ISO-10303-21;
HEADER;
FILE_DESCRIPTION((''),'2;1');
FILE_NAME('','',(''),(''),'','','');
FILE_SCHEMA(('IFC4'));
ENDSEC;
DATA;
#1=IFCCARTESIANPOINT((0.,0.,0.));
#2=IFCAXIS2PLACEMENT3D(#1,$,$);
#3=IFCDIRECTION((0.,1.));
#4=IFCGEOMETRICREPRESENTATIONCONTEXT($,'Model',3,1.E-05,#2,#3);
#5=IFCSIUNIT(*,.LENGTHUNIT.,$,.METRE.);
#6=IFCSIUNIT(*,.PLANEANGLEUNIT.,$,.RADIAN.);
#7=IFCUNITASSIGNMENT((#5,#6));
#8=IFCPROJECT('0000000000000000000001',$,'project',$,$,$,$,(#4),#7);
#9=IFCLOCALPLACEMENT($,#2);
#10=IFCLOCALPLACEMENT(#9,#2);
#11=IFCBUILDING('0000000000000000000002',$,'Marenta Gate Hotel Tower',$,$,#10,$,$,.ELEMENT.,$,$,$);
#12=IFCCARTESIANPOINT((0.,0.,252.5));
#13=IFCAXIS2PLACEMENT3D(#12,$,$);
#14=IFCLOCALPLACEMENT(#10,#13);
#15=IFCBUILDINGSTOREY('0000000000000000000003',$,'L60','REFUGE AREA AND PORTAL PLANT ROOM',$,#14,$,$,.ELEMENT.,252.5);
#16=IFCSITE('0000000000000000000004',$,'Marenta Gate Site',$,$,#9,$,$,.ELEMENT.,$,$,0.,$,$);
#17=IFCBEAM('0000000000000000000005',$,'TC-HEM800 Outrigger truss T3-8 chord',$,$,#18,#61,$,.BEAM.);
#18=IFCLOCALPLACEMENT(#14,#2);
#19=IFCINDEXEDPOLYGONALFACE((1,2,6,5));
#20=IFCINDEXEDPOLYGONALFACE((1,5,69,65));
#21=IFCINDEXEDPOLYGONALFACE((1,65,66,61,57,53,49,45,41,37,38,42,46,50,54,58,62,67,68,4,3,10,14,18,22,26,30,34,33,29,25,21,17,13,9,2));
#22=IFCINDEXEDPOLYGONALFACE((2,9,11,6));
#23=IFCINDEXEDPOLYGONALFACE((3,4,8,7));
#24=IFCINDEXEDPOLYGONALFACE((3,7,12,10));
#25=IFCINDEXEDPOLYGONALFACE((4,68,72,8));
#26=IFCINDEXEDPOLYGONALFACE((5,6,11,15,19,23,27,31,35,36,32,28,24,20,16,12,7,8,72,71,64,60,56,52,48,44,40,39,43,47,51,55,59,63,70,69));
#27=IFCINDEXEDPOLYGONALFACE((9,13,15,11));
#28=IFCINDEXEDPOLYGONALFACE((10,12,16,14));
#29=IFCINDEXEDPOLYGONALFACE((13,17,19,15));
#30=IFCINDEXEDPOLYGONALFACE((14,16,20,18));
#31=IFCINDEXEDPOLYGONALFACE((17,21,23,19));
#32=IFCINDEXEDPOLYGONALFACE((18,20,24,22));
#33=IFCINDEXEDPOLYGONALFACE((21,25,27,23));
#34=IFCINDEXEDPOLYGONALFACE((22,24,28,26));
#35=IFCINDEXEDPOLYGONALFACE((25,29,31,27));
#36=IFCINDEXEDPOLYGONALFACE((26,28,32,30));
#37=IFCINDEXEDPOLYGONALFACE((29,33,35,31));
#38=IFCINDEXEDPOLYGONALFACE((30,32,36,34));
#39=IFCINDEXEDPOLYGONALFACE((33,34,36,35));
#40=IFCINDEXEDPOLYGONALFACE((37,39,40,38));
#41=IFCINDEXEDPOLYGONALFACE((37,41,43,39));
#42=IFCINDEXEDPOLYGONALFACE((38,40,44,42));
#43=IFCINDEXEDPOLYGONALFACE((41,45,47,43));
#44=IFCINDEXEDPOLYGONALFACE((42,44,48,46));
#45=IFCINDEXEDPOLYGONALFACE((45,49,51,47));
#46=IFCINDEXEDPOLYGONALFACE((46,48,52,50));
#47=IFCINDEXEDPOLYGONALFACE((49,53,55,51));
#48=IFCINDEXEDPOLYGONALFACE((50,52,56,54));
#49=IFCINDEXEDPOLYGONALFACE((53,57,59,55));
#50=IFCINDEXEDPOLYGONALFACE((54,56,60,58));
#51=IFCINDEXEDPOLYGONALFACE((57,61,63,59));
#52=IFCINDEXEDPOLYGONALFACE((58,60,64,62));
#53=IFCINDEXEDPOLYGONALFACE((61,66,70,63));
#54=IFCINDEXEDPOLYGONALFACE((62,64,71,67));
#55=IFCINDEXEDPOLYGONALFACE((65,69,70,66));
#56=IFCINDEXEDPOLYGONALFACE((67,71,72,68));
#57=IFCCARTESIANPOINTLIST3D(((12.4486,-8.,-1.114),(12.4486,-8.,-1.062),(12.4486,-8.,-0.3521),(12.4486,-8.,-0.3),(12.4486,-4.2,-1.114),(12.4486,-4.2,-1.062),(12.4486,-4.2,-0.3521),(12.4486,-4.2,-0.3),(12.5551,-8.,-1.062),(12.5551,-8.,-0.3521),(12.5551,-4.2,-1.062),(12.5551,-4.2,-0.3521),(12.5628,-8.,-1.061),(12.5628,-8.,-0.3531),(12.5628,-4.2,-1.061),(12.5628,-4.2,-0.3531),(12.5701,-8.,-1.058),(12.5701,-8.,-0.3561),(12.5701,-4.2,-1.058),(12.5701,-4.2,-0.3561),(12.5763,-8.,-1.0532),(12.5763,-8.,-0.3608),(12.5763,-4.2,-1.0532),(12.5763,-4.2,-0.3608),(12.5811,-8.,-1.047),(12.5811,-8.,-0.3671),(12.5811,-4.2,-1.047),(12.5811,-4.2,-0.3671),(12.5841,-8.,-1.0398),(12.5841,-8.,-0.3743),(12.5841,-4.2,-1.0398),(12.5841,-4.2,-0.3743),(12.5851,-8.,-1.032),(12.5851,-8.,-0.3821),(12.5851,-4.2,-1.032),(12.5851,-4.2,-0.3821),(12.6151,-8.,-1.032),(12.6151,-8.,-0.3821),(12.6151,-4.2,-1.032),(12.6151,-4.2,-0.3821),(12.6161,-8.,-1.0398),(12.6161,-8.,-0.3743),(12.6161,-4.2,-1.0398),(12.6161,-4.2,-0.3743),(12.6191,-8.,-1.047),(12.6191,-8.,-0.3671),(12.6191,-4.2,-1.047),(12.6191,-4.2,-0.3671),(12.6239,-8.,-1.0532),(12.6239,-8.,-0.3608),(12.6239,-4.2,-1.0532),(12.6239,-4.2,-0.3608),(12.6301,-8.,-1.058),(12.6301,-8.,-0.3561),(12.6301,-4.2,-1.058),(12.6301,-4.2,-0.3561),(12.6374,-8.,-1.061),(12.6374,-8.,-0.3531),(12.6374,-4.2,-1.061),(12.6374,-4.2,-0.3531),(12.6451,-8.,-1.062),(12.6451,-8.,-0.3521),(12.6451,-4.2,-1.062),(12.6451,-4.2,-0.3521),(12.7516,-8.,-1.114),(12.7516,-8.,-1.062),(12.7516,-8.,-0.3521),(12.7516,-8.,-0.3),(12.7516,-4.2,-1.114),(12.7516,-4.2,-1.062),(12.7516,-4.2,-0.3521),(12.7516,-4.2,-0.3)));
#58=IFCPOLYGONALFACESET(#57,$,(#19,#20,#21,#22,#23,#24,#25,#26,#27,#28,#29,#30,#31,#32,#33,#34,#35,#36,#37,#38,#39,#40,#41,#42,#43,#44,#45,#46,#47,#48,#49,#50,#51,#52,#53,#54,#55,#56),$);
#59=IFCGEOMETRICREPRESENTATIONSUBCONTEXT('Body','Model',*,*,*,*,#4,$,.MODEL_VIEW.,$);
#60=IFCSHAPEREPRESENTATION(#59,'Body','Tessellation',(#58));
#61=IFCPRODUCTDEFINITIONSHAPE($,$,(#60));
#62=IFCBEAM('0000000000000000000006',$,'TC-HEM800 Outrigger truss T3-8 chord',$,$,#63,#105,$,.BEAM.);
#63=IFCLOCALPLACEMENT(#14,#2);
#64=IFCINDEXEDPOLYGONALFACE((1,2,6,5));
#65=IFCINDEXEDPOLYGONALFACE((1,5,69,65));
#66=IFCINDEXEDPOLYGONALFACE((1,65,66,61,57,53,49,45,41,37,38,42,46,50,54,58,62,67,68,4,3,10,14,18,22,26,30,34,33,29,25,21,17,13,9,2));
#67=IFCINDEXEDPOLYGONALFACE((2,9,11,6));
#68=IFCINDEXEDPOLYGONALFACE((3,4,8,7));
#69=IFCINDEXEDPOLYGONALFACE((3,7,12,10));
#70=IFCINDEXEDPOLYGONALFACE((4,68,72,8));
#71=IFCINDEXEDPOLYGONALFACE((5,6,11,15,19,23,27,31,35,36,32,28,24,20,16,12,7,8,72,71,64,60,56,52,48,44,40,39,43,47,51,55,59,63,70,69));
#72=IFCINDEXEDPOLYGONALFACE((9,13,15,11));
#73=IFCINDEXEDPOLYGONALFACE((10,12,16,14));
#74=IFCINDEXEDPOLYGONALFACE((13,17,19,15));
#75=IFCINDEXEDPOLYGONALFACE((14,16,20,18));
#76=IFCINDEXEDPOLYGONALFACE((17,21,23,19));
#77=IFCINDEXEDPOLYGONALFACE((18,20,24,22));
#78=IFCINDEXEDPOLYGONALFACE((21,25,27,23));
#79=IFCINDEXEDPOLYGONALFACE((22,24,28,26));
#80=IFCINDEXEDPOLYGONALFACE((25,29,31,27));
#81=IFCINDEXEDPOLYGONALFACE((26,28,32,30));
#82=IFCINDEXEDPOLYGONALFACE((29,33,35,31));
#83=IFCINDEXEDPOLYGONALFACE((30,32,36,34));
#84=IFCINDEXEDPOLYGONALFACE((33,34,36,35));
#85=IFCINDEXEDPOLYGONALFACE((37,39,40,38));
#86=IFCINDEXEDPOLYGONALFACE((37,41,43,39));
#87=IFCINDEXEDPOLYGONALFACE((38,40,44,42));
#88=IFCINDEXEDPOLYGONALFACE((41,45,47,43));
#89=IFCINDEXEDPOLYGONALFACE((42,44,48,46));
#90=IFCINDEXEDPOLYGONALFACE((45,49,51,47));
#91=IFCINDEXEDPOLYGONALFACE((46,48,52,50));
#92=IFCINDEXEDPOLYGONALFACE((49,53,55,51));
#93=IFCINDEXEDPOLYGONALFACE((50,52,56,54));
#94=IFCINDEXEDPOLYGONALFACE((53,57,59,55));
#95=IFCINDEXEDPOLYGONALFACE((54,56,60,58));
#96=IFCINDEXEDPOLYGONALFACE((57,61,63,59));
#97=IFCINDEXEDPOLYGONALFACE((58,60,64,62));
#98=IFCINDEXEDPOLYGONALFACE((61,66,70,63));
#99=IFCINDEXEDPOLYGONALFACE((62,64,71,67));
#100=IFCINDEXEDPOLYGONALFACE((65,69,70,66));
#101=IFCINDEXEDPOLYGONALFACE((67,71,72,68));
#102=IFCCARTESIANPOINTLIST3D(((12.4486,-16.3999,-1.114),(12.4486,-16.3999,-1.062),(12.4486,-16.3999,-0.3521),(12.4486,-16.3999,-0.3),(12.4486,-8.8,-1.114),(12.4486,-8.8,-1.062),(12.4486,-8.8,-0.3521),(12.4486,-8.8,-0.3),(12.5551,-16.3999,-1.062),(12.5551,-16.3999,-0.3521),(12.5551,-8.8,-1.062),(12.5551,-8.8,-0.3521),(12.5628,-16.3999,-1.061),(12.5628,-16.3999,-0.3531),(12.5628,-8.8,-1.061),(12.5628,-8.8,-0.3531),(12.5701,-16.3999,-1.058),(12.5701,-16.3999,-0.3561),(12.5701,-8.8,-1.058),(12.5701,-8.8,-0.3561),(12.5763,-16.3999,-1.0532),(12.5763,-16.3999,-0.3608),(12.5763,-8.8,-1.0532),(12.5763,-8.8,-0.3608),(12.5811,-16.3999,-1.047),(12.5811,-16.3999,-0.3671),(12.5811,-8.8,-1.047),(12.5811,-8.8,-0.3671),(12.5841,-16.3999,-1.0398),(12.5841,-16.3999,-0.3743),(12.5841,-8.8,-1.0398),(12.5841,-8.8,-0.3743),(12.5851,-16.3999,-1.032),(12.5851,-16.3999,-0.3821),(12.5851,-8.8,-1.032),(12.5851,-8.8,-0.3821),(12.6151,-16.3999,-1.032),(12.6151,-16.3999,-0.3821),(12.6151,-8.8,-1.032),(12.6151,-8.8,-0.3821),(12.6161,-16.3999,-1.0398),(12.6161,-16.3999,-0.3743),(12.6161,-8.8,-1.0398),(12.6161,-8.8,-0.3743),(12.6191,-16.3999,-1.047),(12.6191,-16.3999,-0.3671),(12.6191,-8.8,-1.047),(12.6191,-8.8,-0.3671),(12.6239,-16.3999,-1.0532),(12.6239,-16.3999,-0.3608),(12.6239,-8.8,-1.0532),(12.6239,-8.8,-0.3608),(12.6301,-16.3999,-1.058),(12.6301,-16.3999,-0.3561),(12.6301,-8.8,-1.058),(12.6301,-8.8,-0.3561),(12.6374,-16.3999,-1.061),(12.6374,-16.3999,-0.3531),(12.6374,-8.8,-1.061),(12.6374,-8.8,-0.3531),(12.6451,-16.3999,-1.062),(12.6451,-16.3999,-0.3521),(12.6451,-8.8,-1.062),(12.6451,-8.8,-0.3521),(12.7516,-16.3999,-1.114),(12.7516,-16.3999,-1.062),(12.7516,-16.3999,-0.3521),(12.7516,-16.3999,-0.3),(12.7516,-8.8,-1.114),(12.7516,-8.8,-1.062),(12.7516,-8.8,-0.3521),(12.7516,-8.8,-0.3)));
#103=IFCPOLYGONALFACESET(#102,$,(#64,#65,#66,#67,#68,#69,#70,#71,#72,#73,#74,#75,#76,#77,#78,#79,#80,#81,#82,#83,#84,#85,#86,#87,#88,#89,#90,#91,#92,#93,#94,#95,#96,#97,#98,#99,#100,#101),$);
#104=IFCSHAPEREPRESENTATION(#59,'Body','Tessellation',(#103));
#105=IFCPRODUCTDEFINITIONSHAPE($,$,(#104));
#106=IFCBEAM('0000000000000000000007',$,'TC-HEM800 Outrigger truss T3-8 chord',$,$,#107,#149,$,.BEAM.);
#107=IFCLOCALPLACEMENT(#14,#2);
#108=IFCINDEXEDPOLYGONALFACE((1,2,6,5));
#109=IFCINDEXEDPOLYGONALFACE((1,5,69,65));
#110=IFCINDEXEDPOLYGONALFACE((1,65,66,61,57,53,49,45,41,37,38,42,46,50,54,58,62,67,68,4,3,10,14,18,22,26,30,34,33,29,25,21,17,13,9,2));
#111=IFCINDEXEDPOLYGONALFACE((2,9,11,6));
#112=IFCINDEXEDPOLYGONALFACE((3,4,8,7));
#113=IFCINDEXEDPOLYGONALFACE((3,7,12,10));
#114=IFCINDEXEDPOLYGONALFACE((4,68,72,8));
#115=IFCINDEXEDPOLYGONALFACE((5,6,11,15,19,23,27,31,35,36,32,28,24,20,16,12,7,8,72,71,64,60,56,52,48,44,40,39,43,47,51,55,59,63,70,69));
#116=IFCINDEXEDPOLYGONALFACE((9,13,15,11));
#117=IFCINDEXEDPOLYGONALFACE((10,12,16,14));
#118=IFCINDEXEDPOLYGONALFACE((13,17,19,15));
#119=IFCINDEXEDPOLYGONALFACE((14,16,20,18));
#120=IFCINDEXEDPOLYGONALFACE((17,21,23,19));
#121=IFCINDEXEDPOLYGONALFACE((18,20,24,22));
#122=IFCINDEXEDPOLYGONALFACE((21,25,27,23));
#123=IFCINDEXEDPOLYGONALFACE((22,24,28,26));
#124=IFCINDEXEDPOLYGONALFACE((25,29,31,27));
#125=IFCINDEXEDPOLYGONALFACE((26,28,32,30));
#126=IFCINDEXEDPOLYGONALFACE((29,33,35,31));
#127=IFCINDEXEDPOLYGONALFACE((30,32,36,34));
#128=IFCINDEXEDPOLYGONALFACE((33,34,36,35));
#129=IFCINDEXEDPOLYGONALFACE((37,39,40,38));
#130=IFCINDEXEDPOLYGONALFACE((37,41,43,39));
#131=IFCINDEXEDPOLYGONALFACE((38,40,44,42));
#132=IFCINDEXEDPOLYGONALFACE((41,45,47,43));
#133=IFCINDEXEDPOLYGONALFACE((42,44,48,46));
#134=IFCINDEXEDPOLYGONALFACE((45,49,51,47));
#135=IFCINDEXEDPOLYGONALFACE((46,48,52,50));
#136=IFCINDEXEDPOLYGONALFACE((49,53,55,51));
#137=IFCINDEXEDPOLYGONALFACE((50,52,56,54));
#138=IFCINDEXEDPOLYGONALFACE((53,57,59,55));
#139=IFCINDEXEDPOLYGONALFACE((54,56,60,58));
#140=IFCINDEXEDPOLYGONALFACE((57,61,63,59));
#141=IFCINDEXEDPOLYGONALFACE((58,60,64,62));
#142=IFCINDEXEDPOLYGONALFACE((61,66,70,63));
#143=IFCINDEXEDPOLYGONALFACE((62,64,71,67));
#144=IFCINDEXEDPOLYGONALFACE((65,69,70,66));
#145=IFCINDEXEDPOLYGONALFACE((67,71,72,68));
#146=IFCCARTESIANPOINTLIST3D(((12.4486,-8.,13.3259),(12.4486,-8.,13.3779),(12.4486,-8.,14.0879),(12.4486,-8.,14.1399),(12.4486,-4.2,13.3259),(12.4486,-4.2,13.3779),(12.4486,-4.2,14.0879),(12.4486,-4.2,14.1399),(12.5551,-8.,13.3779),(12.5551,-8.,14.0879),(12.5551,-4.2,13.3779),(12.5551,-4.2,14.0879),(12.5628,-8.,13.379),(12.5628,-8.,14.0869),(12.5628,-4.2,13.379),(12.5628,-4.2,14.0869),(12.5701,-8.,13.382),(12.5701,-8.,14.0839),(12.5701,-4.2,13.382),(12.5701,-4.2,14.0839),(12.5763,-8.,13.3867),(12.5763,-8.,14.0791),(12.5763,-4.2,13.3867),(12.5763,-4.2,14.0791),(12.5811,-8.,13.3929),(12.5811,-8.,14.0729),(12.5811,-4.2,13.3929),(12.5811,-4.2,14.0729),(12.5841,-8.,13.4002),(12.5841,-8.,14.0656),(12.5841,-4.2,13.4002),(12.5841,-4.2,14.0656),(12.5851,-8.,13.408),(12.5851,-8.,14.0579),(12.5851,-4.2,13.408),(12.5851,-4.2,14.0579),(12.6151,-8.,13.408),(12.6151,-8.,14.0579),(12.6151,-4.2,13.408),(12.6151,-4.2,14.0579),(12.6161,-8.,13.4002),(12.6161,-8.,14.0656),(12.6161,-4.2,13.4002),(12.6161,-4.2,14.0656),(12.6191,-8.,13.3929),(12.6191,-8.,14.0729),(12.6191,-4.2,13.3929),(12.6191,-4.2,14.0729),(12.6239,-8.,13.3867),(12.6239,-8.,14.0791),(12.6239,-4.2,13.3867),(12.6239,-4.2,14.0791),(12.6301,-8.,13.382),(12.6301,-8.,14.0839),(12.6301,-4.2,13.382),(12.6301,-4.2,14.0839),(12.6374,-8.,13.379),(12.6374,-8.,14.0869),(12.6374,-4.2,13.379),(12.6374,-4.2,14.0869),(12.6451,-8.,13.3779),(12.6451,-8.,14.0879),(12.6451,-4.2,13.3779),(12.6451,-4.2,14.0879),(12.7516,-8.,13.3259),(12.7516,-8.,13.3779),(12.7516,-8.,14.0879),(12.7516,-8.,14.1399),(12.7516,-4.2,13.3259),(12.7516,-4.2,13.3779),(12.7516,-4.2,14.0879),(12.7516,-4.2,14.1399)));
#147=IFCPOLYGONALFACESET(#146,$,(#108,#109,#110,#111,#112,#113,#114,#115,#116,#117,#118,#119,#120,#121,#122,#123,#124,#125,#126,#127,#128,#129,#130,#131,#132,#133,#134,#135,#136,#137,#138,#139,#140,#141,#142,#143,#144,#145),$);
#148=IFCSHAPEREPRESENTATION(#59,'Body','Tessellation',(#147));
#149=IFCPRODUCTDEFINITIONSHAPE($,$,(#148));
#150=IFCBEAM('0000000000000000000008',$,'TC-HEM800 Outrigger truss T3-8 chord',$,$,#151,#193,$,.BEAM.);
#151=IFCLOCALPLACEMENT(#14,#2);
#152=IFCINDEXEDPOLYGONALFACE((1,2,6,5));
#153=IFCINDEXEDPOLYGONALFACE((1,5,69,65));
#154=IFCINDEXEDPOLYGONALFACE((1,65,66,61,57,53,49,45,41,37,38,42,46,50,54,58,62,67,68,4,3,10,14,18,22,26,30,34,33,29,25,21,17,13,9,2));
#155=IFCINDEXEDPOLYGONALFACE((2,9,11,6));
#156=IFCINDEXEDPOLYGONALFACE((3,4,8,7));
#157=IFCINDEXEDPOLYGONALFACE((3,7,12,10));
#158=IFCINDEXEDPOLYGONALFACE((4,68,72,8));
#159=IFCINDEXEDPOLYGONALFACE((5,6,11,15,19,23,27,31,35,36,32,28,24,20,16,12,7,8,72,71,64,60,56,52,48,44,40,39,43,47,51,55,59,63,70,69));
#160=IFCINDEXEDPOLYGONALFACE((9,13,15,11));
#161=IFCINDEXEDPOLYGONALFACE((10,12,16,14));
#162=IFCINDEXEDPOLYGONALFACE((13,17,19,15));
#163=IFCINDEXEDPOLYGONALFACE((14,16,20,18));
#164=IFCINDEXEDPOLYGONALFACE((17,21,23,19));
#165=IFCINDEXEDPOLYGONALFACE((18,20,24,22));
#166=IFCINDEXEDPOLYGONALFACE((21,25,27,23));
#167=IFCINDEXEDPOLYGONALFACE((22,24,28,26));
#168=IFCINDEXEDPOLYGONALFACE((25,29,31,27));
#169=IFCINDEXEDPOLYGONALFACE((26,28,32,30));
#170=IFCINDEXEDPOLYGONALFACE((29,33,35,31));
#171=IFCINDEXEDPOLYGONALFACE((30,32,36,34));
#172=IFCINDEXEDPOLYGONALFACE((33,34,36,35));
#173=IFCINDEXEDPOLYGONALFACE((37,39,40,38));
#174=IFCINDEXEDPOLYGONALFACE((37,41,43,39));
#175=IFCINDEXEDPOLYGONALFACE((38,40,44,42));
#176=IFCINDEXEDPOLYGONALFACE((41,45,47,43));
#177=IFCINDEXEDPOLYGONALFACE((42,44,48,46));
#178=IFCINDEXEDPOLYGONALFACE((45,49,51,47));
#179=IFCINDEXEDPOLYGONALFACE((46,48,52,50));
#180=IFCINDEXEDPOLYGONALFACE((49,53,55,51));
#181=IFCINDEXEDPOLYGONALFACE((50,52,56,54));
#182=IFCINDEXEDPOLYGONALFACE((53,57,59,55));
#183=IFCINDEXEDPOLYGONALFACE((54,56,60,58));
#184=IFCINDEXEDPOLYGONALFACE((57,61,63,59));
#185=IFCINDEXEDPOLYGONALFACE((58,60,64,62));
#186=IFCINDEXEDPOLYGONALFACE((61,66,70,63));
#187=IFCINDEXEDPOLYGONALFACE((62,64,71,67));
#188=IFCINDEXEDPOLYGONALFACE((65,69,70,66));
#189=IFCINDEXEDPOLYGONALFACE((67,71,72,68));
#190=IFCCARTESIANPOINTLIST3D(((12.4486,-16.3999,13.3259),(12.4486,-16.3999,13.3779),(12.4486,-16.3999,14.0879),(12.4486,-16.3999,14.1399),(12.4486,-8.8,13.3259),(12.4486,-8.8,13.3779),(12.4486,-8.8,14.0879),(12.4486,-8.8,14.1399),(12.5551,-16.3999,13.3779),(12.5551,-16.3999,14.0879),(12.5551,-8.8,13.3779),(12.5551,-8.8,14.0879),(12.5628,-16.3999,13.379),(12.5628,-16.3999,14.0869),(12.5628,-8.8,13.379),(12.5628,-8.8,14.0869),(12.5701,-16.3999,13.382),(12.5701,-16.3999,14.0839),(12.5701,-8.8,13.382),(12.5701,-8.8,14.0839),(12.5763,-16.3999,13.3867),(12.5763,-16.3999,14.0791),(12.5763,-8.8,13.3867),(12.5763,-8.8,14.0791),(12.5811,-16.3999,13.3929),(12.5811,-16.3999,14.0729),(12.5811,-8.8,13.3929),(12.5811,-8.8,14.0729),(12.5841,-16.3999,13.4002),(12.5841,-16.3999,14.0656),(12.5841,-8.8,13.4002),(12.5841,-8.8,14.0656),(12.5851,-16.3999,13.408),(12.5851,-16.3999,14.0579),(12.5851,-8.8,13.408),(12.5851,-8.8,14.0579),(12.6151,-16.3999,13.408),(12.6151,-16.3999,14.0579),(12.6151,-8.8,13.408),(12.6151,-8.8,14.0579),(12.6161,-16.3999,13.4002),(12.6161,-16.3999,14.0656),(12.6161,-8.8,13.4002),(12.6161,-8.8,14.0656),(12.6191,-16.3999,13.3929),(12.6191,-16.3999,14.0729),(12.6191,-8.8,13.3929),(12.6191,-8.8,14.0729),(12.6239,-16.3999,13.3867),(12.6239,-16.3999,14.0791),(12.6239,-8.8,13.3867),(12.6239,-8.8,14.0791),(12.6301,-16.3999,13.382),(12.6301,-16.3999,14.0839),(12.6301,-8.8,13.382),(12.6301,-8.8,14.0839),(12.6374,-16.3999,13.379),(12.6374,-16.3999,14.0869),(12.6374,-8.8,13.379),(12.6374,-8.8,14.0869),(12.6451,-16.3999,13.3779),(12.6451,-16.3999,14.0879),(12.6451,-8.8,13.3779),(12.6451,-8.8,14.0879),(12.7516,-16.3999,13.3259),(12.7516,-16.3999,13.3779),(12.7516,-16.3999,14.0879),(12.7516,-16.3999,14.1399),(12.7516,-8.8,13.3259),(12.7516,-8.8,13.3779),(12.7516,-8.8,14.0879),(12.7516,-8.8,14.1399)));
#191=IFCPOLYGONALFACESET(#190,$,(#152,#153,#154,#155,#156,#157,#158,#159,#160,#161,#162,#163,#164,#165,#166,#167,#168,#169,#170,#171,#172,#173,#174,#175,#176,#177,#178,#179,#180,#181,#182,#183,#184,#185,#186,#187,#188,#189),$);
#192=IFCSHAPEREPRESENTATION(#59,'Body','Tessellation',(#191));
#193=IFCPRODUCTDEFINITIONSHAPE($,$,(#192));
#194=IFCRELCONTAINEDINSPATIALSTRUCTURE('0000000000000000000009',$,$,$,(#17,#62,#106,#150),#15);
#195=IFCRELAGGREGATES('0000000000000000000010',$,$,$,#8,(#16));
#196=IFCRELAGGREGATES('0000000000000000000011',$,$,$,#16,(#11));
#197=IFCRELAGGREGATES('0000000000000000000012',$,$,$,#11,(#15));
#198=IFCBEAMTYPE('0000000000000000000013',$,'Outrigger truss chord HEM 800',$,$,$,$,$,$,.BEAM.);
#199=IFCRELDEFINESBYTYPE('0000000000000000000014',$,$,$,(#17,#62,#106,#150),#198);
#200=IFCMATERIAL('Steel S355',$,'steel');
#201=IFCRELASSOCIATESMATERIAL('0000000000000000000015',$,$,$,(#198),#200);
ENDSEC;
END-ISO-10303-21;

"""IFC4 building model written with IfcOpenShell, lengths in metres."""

from ifc_helpers import new_model, si_unit, direction, frame, origin, origin_2d, place, context, subcontext, project, spatial, i_section, extrude, material, material_profile, profile_set, type_object, element, save


model = new_model("IFC4")

# Units and contexts
model_context = context("Model", 3, precision=1e-05, world=origin(), true_north=direction((0.0, 1.0)))
body_context = subcontext(model_context, "Body", "Model", "MODEL_VIEW")
ifc_project = project(units=[si_unit("LENGTHUNIT", "METRE"), si_unit("PLANEANGLEUNIT", "RADIAN")], contexts=[model_context])

# Site, building, storey
site_placement = place(None, origin())
site = spatial("IfcSite", under=ifc_project, at=site_placement, Name="Marenta Gate Site", CompositionType="ELEMENT", RefElevation=0.0)
building_placement = place(site_placement, origin())
building = spatial("IfcBuilding", under=site, at=building_placement, Name="Marenta Gate Hotel Tower", CompositionType="ELEMENT")
storey_placement = place(building_placement, frame((0.0, 0.0, 252.5)))
storey = spatial("IfcBuildingStorey", under=building, at=storey_placement, Name="L60", Description="REFUGE AREA AND PORTAL PLANT ROOM", CompositionType="ELEMENT", Elevation=252.5)

# Beams
ifc_material_1 = material(Name="Steel S355", Category="steel")
ifc_material_profile_1 = material_profile(ifc_material_1, i_section(OverallWidth=0.303, OverallDepth=0.814, WebThickness=0.03, FlangeThickness=0.052, FilletRadius=0.03, at=origin_2d()), Name="HEM 800")
ifc_profile_set_1 = profile_set([ifc_material_profile_1], Name="Steel S355")
beam_type_1 = type_object("IfcBeamType", Name="Outrigger truss chord HEM 800", PredefinedType="BEAM", material=ifc_profile_set_1)
beam_1_placement = place(storey_placement, frame((12.6001, -4.2, -0.707), z_axis=(0.0, -1.0, 0.0), x_axis=(1.0, 0.0, 0.0)))
element("IfcBeam", 1, at=beam_1_placement, inside=storey, type_object=beam_type_1, Name="TC-HEM800 Outrigger truss T3-8 chord", PredefinedType="BEAM", context=body_context, shape_type="SweptSolid", body=[
    extrude(i_section(OverallWidth=0.303, OverallDepth=0.814, WebThickness=0.03, FlangeThickness=0.052, FilletRadius=0.03, at=origin_2d()), origin(), (0.0, 0.0, 1.0), 3.8),
])
beam_2_placement = place(storey_placement, frame((12.6001, -8.8, -0.707), z_axis=(0.0, -1.0, 0.0), x_axis=(1.0, 0.0, 0.0)))
element("IfcBeam", 2, at=beam_2_placement, inside=storey, type_object=beam_type_1, Name="TC-HEM800 Outrigger truss T3-8 chord", PredefinedType="BEAM", context=body_context, shape_type="SweptSolid", body=[
    extrude(i_section(OverallWidth=0.303, OverallDepth=0.814, WebThickness=0.03, FlangeThickness=0.052, FilletRadius=0.03, at=origin_2d()), origin(), (0.0, 0.0, 1.0), 7.5999),
])
beam_3_placement = place(storey_placement, frame((12.6001, -4.2, 13.7329), z_axis=(0.0, -1.0, 0.0), x_axis=(1.0, 0.0, 0.0)))
element("IfcBeam", 3, at=beam_3_placement, inside=storey, type_object=beam_type_1, Name="TC-HEM800 Outrigger truss T3-8 chord", PredefinedType="BEAM", context=body_context, shape_type="SweptSolid", body=[
    extrude(i_section(OverallWidth=0.303, OverallDepth=0.814, WebThickness=0.03, FlangeThickness=0.052, FilletRadius=0.03, at=origin_2d()), origin(), (0.0, 0.0, 1.0), 3.8),
])
beam_4_placement = place(storey_placement, frame((12.6001, -8.8, 13.7329), z_axis=(0.0, -1.0, 0.0), x_axis=(1.0, 0.0, 0.0)))
element("IfcBeam", 4, at=beam_4_placement, inside=storey, type_object=beam_type_1, Name="TC-HEM800 Outrigger truss T3-8 chord", PredefinedType="BEAM", context=body_context, shape_type="SweptSolid", body=[
    extrude(i_section(OverallWidth=0.303, OverallDepth=0.814, WebThickness=0.03, FlangeThickness=0.052, FilletRadius=0.03, at=origin_2d()), origin(), (0.0, 0.0, 1.0), 7.5999),
])

save(model, "model.ifc")
